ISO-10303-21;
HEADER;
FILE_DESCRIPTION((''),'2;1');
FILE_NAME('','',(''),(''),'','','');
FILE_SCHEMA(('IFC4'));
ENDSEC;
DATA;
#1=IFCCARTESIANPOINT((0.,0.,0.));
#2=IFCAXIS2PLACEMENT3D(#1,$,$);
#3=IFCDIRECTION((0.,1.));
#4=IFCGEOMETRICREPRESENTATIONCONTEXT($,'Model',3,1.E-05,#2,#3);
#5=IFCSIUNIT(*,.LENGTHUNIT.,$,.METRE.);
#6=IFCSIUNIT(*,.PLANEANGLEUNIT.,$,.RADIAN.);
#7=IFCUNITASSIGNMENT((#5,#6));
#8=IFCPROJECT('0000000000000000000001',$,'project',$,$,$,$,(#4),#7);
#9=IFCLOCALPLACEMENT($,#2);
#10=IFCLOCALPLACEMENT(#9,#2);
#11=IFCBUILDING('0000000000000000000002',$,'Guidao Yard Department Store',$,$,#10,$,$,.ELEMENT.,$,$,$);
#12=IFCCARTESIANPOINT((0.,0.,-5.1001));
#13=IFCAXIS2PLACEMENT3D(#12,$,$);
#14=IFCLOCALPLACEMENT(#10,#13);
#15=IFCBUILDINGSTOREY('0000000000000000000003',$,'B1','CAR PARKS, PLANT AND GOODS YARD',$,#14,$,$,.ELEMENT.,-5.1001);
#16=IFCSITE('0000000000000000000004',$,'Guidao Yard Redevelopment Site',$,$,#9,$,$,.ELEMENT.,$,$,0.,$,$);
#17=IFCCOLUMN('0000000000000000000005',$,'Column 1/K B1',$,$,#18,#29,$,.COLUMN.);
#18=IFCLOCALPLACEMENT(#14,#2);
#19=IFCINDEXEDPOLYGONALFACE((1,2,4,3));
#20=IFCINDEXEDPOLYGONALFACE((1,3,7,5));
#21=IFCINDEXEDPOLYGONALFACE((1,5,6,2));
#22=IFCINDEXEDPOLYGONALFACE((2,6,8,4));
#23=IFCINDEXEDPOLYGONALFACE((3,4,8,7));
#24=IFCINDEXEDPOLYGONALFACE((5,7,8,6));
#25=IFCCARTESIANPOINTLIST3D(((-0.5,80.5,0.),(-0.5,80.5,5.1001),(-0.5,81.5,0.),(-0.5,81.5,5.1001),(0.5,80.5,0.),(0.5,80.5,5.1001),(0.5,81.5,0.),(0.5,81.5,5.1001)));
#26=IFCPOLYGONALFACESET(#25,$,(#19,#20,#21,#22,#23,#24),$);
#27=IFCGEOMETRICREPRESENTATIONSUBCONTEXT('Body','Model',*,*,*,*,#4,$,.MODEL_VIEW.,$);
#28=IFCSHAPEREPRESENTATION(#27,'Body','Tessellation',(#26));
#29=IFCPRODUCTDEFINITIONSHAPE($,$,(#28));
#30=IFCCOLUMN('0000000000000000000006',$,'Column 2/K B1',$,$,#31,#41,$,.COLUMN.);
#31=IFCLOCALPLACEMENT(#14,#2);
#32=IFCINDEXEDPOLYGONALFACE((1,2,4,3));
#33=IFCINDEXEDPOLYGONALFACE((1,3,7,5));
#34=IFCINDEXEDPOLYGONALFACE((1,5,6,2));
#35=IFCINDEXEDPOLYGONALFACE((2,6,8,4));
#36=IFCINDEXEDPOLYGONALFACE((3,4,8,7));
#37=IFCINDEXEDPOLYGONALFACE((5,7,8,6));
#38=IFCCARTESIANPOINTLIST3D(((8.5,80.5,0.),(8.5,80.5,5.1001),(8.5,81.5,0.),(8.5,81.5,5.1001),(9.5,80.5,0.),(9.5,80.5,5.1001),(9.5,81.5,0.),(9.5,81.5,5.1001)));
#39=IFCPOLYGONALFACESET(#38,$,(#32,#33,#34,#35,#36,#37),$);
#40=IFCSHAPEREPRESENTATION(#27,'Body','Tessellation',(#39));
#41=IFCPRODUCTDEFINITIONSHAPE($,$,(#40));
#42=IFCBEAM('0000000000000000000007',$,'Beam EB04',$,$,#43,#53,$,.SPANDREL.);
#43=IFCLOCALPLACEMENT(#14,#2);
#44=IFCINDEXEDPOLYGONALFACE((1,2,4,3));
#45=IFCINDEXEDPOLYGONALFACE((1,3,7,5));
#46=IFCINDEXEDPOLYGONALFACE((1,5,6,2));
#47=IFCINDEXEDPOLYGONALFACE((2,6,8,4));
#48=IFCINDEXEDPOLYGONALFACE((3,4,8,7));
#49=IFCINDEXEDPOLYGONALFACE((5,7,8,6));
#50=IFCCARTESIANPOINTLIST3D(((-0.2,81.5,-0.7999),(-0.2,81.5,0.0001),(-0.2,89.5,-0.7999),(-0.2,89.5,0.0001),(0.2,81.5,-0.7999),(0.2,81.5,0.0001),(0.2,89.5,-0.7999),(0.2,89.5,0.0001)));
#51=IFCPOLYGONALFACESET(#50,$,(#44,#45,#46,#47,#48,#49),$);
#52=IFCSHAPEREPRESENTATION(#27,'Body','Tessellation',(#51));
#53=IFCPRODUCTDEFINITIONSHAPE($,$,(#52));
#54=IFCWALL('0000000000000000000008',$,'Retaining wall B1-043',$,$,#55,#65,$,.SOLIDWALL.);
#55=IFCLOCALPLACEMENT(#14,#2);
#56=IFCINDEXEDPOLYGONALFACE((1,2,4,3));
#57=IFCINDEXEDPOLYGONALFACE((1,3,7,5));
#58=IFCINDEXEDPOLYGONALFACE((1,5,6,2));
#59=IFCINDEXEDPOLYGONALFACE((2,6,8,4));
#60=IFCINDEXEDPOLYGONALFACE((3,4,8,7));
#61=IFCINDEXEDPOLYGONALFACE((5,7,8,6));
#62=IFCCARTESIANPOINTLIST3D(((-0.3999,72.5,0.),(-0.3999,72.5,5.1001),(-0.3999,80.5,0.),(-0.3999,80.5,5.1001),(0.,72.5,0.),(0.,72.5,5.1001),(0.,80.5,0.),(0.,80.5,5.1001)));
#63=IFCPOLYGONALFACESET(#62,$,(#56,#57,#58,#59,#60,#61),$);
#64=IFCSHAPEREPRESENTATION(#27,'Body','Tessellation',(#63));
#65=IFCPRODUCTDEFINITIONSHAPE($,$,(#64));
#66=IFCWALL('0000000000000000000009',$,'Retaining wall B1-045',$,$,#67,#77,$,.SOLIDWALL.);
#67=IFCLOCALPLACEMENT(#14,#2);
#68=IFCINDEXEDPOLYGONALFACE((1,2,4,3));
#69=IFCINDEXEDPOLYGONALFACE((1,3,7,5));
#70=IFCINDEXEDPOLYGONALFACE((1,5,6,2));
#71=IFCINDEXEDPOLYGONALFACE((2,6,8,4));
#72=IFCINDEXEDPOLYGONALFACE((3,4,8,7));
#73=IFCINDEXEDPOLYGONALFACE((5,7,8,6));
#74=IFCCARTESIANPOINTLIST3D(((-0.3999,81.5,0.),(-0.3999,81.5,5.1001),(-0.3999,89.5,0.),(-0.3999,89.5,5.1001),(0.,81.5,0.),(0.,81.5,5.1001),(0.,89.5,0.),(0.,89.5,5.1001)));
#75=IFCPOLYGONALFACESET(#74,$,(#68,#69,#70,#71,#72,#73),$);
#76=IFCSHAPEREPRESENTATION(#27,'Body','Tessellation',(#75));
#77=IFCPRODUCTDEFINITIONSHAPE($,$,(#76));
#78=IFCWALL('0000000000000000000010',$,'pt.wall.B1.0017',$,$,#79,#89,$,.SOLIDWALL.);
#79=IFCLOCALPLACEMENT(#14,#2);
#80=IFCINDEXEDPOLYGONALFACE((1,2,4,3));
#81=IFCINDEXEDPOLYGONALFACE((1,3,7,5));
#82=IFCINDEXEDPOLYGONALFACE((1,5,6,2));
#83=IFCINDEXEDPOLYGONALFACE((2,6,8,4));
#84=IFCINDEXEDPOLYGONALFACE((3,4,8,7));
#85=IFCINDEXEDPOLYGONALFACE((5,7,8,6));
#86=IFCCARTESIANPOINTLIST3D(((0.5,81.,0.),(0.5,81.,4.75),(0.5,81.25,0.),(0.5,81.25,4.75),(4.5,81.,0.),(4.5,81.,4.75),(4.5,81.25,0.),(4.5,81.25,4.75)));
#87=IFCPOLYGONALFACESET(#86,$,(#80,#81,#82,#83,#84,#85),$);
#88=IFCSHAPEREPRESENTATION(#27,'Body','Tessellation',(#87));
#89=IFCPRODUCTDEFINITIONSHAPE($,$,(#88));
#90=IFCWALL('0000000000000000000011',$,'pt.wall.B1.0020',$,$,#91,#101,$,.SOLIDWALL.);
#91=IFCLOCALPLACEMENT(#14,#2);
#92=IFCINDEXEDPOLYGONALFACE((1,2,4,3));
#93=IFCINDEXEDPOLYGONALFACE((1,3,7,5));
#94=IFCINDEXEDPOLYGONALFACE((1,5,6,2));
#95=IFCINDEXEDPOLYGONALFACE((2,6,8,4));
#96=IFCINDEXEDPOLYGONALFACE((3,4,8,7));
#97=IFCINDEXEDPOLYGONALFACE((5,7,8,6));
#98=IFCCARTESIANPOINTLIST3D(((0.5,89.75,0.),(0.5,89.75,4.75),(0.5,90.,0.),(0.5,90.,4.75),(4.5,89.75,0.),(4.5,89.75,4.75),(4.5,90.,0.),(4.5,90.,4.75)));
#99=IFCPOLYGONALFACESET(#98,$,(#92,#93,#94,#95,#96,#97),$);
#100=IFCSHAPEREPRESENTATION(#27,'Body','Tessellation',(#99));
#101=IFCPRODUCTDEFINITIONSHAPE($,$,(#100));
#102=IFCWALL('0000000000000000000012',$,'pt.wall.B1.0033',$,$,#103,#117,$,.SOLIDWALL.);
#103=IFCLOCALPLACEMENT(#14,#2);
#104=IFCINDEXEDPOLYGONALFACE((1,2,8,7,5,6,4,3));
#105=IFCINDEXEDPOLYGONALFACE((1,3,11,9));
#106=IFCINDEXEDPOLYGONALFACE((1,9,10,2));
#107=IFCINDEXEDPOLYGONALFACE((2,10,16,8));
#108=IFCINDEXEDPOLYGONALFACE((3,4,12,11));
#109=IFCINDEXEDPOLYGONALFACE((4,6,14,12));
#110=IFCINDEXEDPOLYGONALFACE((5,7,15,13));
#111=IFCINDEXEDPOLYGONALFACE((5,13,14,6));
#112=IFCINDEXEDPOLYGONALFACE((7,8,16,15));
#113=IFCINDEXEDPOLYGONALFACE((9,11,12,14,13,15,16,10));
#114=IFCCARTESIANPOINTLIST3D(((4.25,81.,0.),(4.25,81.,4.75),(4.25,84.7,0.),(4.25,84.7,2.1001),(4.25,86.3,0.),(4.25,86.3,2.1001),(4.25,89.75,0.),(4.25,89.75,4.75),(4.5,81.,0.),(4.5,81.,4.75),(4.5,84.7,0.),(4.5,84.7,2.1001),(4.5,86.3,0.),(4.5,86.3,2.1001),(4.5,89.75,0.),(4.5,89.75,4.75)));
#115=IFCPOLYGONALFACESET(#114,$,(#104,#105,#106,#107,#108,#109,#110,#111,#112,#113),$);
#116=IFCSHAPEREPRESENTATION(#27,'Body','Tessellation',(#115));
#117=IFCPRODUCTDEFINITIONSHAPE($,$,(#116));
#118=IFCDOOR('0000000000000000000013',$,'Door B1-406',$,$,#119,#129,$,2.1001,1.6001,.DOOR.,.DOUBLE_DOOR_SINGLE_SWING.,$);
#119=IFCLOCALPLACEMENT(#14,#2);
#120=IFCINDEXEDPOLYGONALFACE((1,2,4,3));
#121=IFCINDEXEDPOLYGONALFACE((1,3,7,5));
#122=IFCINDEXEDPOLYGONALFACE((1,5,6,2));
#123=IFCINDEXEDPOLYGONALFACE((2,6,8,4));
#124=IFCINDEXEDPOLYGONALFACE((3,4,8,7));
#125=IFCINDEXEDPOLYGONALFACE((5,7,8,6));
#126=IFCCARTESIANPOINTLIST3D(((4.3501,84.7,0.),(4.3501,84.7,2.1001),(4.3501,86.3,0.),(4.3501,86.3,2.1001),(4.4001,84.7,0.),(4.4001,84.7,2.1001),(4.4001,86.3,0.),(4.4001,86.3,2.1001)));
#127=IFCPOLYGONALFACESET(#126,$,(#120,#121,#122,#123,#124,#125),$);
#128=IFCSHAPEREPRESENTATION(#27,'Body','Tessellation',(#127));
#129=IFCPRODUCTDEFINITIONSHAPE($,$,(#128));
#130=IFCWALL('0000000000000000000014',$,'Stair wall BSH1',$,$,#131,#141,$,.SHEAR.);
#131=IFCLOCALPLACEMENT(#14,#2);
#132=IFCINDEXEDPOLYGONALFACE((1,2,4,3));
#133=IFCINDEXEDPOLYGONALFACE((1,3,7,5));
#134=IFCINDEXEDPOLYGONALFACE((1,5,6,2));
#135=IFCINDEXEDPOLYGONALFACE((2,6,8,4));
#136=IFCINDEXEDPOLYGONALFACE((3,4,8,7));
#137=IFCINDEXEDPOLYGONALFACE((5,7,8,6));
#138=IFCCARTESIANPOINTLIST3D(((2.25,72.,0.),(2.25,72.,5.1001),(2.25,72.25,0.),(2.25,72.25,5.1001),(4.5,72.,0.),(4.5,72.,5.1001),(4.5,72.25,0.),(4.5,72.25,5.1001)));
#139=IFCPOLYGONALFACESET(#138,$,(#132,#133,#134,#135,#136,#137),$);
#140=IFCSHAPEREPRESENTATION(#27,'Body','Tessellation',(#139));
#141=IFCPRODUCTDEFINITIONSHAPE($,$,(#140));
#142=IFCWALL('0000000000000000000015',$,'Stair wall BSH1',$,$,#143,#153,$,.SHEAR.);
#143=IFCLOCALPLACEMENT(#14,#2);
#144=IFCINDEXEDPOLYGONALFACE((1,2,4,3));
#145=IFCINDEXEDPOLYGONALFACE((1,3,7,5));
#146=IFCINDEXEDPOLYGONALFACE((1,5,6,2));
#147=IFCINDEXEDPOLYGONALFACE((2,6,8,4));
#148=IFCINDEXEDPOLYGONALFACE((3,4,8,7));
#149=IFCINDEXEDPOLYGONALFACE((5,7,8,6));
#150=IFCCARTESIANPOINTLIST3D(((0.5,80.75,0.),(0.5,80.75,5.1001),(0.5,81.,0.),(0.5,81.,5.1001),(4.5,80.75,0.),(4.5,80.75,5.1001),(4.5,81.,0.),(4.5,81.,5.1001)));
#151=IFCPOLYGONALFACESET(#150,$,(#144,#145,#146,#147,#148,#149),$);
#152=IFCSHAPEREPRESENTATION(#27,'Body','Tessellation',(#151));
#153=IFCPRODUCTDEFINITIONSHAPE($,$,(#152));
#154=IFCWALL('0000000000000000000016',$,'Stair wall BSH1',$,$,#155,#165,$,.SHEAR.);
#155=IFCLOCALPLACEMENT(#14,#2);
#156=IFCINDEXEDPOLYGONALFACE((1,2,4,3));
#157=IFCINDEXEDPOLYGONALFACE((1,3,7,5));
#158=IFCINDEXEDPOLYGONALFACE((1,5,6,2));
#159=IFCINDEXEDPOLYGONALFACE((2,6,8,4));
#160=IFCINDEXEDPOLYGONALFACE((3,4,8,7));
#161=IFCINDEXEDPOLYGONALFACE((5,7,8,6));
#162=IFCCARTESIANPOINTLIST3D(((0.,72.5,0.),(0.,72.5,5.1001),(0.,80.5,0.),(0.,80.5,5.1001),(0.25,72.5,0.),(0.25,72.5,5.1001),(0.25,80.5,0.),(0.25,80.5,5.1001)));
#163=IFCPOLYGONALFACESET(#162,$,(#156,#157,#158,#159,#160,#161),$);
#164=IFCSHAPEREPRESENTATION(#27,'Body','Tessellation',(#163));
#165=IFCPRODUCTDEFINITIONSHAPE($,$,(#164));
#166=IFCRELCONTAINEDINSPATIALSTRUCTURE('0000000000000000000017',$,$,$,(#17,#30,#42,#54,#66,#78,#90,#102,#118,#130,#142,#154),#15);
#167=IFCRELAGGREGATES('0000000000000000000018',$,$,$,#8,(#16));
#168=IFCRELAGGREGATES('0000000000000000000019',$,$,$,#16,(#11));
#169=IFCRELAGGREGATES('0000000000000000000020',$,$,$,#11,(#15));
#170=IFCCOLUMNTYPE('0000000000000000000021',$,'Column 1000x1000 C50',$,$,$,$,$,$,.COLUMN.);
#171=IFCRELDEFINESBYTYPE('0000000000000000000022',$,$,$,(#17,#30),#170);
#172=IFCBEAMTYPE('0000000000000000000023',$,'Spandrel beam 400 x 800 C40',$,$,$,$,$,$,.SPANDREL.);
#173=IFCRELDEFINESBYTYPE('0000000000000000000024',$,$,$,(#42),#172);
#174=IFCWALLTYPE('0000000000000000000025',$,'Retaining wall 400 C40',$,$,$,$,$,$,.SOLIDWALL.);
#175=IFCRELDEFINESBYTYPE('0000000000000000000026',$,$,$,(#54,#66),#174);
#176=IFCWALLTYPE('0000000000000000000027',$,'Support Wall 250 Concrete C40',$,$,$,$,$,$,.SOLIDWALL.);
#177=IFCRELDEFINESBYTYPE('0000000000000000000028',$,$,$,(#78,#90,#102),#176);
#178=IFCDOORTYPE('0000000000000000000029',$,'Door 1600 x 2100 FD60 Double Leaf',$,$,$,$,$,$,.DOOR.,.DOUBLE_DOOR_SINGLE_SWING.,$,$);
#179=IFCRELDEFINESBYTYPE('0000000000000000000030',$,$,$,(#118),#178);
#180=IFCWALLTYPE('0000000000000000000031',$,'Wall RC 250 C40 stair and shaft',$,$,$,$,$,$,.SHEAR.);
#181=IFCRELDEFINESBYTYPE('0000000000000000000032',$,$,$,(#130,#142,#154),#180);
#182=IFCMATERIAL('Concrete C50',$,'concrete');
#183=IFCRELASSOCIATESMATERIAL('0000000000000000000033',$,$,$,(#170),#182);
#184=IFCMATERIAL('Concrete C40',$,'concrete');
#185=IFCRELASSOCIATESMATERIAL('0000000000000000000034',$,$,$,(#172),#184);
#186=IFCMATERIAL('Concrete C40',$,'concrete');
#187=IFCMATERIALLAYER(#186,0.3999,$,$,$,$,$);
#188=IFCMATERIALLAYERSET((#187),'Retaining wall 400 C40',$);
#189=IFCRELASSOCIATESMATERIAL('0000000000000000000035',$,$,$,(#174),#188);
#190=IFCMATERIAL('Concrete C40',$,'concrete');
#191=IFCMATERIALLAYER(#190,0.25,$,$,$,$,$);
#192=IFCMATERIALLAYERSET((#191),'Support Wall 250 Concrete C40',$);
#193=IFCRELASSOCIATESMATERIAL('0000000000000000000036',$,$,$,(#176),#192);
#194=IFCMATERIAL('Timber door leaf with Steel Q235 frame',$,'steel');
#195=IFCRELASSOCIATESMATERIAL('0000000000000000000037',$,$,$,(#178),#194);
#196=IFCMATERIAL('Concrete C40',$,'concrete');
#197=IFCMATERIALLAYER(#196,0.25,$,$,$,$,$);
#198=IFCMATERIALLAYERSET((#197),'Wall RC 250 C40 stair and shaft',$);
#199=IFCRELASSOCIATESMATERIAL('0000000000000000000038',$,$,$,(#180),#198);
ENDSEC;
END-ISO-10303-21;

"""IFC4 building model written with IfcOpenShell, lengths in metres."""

from ifc_helpers import new_model, si_unit, direction, frame, frame_2d, origin, origin_2d, place, context, subcontext, project, spatial, rectangle, extrude, material, layer, layer_set, material_profile, profile_set, type_object, element, fill, save


model = new_model("IFC4")

# Units and contexts
model_context = context("Model", 3, precision=1e-05, world=origin(), true_north=direction((0.0, 1.0)))
body_context = subcontext(model_context, "Body", "Model", "MODEL_VIEW")
ifc_project = project(units=[si_unit("LENGTHUNIT", "METRE"), si_unit("PLANEANGLEUNIT", "RADIAN")], contexts=[model_context])

# Site, building, storey
site_placement = place(None, origin())
site = spatial("IfcSite", under=ifc_project, at=site_placement, Name="Guidao Yard Redevelopment Site", CompositionType="ELEMENT", RefElevation=0.0)
building_placement = place(site_placement, origin())
building = spatial("IfcBuilding", under=site, at=building_placement, Name="Guidao Yard Department Store", CompositionType="ELEMENT")
storey_placement = place(building_placement, frame((0.0, 0.0, -5.1001)))
storey = spatial("IfcBuildingStorey", under=building, at=storey_placement, Name="B1", Description="CAR PARKS, PLANT AND GOODS YARD", CompositionType="ELEMENT", Elevation=-5.1001)

# Columns
ifc_material_1 = material(Name="Concrete C50", Category="concrete")
ifc_material_profile_1 = material_profile(ifc_material_1, rectangle(XDim=1.0, YDim=1.0, at=origin_2d()), Name="COL 1000x1000")
ifc_profile_set_1 = profile_set([ifc_material_profile_1], Name="Concrete C50")
column_type = type_object("IfcColumnType", Name="Column 1000x1000 C50", PredefinedType="COLUMN", material=ifc_profile_set_1)
for number, where, z_axis, x_axis, name in (
    (1, (0.0, 81.0, 0.0), (0.0, 0.0, 1.0), (1.0, 0.0, 0.0), "Column 1/K B1"),
    (2, (9.0, 81.0, 0.0), (0.0, 0.0, 1.0), (1.0, 0.0, 0.0), "Column 2/K B1"),
):
    element("IfcColumn", number, at=place(storey_placement, frame(where, z_axis=z_axis, x_axis=x_axis)), inside=storey, type_object=column_type, Name=name, PredefinedType="COLUMN", context=body_context, shape_type="SweptSolid", body=[
        extrude(rectangle(XDim=1.0, YDim=1.0, at=origin_2d()), origin(), (0.0, 0.0, 1.0), 5.1001),
    ])

# Beam
ifc_material_2 = material(Name="Concrete C40", Category="concrete")
ifc_material_profile_2 = material_profile(ifc_material_2, rectangle(XDim=0.3999, YDim=0.8, at=origin_2d()), Name="Spandrel beam 400 x 800 C40")
ifc_profile_set_2 = profile_set([ifc_material_profile_2], Name="Concrete C40")
beam_type = type_object("IfcBeamType", Name="Spandrel beam 400 x 800 C40", PredefinedType="SPANDREL", material=ifc_profile_set_2)
beam_placement = place(storey_placement, frame((0.0, 81.5, -0.3999), z_axis=(0.0, 1.0, 0.0), x_axis=(-1.0, 0.0, 0.0)))
element("IfcBeam", 3, at=beam_placement, inside=storey, type_object=beam_type, Name="Beam EB04", PredefinedType="SPANDREL", context=body_context, shape_type="SweptSolid", body=[
    extrude(rectangle(XDim=0.3999, YDim=0.8, at=origin_2d()), origin(), (0.0, 0.0, 1.0), 8.0),
])

# Walls
ifc_material_3 = material(Name="Concrete C40", Category="concrete")
ifc_layer_1 = layer(ifc_material_3, 0.3999)
ifc_layer_set_1 = layer_set([ifc_layer_1], Name="Retaining wall 400 C40")
wall_type_1 = type_object("IfcWallType", Name="Retaining wall 400 C40", PredefinedType="SOLIDWALL", material=ifc_layer_set_1)
for number, where, z_axis, x_axis, name in (
    (4, (-0.2, 72.5, 0.0), (0.0, 0.0, 1.0), (0.0, 1.0, 0.0), "Retaining wall B1-043"),
    (5, (-0.2, 81.5, 0.0), (0.0, 0.0, 1.0), (0.0, 1.0, 0.0), "Retaining wall B1-045"),
):
    element("IfcWall", number, at=place(storey_placement, frame(where, z_axis=z_axis, x_axis=x_axis)), inside=storey, type_object=wall_type_1, Name=name, PredefinedType="SOLIDWALL", context=body_context, shape_type="SweptSolid", body=[
        extrude(rectangle(XDim=8.0, YDim=0.3999, at=frame_2d((4.0, 0.0))), origin(), (0.0, 0.0, 1.0), 5.1001),
    ])
ifc_material_4 = material(Name="Concrete C40", Category="concrete")
ifc_layer_2 = layer(ifc_material_4, 0.25)
ifc_layer_set_2 = layer_set([ifc_layer_2], Name="Support Wall 250 Concrete C40")
wall_type_2 = type_object("IfcWallType", Name="Support Wall 250 Concrete C40", PredefinedType="SOLIDWALL", material=ifc_layer_set_2)
for number, where, z_axis, x_axis, name in (
    (6, (0.5, 81.125, 0.0), (0.0, 0.0, 1.0), (1.0, 0.0, 0.0), "pt.wall.B1.0017"),
    (7, (0.5, 89.875, 0.0), (0.0, 0.0, 1.0), (1.0, 0.0, 0.0), "pt.wall.B1.0020"),
):
    element("IfcWall", number, at=place(storey_placement, frame(where, z_axis=z_axis, x_axis=x_axis)), inside=storey, type_object=wall_type_2, Name=name, PredefinedType="SOLIDWALL", context=body_context, shape_type="SweptSolid", body=[
        extrude(rectangle(XDim=4.0, YDim=0.25, at=frame_2d((2.0, 0.0))), origin(), (0.0, 0.0, 1.0), 4.75),
    ])

# Wall, opening, door
wall_1_placement = place(storey_placement, frame((4.375, 81.0, 0.0), z_axis=(0.0, 0.0, 1.0), x_axis=(0.0, 1.0, 0.0)))
wall_1 = element("IfcWall", 8, at=wall_1_placement, inside=storey, type_object=wall_type_2, Name="pt.wall.B1.0033", PredefinedType="SOLIDWALL", context=body_context, shape_type="SweptSolid", body=[
    extrude(rectangle(XDim=8.75, YDim=0.25, at=frame_2d((4.375, 0.0))), origin(), (0.0, 0.0, 1.0), 4.75),
])
opening_1_placement = place(wall_1_placement, frame((3.7, 0.0, 0.0)))
opening_1 = element("IfcOpeningElement", 9, at=opening_1_placement, cuts=wall_1, PredefinedType="OPENING", context=body_context, shape_type="SweptSolid", body=[
    extrude(rectangle(XDim=1.6001, YDim=2.1001, at=frame_2d((0.8, 1.05))), frame((0.0, 0.135, 0.0), z_axis=(0.0, -1.0, 0.0), x_axis=(1.0, 0.0, 0.0)), (0.0, 0.0, 1.0), 0.27),
])
ifc_material_5 = material(Name="Timber door leaf with Steel Q235 frame", Category="steel")
door_type_1 = type_object("IfcDoorType", Name="Door 1600 x 2100 FD60 Double Leaf", OperationType="DOUBLE_DOOR_SINGLE_SWING", PredefinedType="DOOR", material=ifc_material_5)
door_1_placement = place(opening_1_placement, origin())
door_1 = element("IfcDoor", 10, at=door_1_placement, inside=storey, type_object=door_type_1, Name="Door B1-406", OperationType="DOUBLE_DOOR_SINGLE_SWING", OverallHeight=2.1001, OverallWidth=1.6001, PredefinedType="DOOR", context=body_context, shape_type="SweptSolid", body=[
    extrude(rectangle(XDim=1.6001, YDim=2.1001, at=frame_2d((0.8, 1.05))), frame((0.0, 0.0249, 0.0), z_axis=(0.0, -1.0, 0.0), x_axis=(1.0, 0.0, 0.0)), (0.0, 0.0, 1.0), 0.05),
])
fill(opening_1, door_1)

# Walls
ifc_material_6 = material(Name="Concrete C40", Category="concrete")
ifc_layer_3 = layer(ifc_material_6, 0.25)
ifc_layer_set_3 = layer_set([ifc_layer_3], Name="Wall RC 250 C40 stair and shaft")
wall_type_3 = type_object("IfcWallType", Name="Wall RC 250 C40 stair and shaft", PredefinedType="SHEAR", material=ifc_layer_set_3)
wall_2_placement = place(storey_placement, frame((2.25, 72.125, 0.0), z_axis=(0.0, 0.0, 1.0), x_axis=(1.0, 0.0, 0.0)))
element("IfcWall", 11, at=wall_2_placement, inside=storey, type_object=wall_type_3, Name="Stair wall BSH1", PredefinedType="SHEAR", context=body_context, shape_type="SweptSolid", body=[
    extrude(rectangle(XDim=2.25, YDim=0.25, at=frame_2d((1.125, 0.0))), origin(), (0.0, 0.0, 1.0), 5.1001),
])
wall_3_placement = place(storey_placement, frame((0.5, 80.875, 0.0), z_axis=(0.0, 0.0, 1.0), x_axis=(1.0, 0.0, 0.0)))
element("IfcWall", 12, at=wall_3_placement, inside=storey, type_object=wall_type_3, Name="Stair wall BSH1", PredefinedType="SHEAR", context=body_context, shape_type="SweptSolid", body=[
    extrude(rectangle(XDim=4.0, YDim=0.25, at=frame_2d((2.0, 0.0))), origin(), (0.0, 0.0, 1.0), 5.1001),
])
wall_4_placement = place(storey_placement, frame((0.125, 72.5, 0.0), z_axis=(0.0, 0.0, 1.0), x_axis=(0.0, 1.0, 0.0)))
element("IfcWall", 13, at=wall_4_placement, inside=storey, type_object=wall_type_3, Name="Stair wall BSH1", PredefinedType="SHEAR", context=body_context, shape_type="SweptSolid", body=[
    extrude(rectangle(XDim=8.0, YDim=0.25, at=frame_2d((4.0, 0.0))), origin(), (0.0, 0.0, 1.0), 5.1001),
])

save(model, "model.ifc")
